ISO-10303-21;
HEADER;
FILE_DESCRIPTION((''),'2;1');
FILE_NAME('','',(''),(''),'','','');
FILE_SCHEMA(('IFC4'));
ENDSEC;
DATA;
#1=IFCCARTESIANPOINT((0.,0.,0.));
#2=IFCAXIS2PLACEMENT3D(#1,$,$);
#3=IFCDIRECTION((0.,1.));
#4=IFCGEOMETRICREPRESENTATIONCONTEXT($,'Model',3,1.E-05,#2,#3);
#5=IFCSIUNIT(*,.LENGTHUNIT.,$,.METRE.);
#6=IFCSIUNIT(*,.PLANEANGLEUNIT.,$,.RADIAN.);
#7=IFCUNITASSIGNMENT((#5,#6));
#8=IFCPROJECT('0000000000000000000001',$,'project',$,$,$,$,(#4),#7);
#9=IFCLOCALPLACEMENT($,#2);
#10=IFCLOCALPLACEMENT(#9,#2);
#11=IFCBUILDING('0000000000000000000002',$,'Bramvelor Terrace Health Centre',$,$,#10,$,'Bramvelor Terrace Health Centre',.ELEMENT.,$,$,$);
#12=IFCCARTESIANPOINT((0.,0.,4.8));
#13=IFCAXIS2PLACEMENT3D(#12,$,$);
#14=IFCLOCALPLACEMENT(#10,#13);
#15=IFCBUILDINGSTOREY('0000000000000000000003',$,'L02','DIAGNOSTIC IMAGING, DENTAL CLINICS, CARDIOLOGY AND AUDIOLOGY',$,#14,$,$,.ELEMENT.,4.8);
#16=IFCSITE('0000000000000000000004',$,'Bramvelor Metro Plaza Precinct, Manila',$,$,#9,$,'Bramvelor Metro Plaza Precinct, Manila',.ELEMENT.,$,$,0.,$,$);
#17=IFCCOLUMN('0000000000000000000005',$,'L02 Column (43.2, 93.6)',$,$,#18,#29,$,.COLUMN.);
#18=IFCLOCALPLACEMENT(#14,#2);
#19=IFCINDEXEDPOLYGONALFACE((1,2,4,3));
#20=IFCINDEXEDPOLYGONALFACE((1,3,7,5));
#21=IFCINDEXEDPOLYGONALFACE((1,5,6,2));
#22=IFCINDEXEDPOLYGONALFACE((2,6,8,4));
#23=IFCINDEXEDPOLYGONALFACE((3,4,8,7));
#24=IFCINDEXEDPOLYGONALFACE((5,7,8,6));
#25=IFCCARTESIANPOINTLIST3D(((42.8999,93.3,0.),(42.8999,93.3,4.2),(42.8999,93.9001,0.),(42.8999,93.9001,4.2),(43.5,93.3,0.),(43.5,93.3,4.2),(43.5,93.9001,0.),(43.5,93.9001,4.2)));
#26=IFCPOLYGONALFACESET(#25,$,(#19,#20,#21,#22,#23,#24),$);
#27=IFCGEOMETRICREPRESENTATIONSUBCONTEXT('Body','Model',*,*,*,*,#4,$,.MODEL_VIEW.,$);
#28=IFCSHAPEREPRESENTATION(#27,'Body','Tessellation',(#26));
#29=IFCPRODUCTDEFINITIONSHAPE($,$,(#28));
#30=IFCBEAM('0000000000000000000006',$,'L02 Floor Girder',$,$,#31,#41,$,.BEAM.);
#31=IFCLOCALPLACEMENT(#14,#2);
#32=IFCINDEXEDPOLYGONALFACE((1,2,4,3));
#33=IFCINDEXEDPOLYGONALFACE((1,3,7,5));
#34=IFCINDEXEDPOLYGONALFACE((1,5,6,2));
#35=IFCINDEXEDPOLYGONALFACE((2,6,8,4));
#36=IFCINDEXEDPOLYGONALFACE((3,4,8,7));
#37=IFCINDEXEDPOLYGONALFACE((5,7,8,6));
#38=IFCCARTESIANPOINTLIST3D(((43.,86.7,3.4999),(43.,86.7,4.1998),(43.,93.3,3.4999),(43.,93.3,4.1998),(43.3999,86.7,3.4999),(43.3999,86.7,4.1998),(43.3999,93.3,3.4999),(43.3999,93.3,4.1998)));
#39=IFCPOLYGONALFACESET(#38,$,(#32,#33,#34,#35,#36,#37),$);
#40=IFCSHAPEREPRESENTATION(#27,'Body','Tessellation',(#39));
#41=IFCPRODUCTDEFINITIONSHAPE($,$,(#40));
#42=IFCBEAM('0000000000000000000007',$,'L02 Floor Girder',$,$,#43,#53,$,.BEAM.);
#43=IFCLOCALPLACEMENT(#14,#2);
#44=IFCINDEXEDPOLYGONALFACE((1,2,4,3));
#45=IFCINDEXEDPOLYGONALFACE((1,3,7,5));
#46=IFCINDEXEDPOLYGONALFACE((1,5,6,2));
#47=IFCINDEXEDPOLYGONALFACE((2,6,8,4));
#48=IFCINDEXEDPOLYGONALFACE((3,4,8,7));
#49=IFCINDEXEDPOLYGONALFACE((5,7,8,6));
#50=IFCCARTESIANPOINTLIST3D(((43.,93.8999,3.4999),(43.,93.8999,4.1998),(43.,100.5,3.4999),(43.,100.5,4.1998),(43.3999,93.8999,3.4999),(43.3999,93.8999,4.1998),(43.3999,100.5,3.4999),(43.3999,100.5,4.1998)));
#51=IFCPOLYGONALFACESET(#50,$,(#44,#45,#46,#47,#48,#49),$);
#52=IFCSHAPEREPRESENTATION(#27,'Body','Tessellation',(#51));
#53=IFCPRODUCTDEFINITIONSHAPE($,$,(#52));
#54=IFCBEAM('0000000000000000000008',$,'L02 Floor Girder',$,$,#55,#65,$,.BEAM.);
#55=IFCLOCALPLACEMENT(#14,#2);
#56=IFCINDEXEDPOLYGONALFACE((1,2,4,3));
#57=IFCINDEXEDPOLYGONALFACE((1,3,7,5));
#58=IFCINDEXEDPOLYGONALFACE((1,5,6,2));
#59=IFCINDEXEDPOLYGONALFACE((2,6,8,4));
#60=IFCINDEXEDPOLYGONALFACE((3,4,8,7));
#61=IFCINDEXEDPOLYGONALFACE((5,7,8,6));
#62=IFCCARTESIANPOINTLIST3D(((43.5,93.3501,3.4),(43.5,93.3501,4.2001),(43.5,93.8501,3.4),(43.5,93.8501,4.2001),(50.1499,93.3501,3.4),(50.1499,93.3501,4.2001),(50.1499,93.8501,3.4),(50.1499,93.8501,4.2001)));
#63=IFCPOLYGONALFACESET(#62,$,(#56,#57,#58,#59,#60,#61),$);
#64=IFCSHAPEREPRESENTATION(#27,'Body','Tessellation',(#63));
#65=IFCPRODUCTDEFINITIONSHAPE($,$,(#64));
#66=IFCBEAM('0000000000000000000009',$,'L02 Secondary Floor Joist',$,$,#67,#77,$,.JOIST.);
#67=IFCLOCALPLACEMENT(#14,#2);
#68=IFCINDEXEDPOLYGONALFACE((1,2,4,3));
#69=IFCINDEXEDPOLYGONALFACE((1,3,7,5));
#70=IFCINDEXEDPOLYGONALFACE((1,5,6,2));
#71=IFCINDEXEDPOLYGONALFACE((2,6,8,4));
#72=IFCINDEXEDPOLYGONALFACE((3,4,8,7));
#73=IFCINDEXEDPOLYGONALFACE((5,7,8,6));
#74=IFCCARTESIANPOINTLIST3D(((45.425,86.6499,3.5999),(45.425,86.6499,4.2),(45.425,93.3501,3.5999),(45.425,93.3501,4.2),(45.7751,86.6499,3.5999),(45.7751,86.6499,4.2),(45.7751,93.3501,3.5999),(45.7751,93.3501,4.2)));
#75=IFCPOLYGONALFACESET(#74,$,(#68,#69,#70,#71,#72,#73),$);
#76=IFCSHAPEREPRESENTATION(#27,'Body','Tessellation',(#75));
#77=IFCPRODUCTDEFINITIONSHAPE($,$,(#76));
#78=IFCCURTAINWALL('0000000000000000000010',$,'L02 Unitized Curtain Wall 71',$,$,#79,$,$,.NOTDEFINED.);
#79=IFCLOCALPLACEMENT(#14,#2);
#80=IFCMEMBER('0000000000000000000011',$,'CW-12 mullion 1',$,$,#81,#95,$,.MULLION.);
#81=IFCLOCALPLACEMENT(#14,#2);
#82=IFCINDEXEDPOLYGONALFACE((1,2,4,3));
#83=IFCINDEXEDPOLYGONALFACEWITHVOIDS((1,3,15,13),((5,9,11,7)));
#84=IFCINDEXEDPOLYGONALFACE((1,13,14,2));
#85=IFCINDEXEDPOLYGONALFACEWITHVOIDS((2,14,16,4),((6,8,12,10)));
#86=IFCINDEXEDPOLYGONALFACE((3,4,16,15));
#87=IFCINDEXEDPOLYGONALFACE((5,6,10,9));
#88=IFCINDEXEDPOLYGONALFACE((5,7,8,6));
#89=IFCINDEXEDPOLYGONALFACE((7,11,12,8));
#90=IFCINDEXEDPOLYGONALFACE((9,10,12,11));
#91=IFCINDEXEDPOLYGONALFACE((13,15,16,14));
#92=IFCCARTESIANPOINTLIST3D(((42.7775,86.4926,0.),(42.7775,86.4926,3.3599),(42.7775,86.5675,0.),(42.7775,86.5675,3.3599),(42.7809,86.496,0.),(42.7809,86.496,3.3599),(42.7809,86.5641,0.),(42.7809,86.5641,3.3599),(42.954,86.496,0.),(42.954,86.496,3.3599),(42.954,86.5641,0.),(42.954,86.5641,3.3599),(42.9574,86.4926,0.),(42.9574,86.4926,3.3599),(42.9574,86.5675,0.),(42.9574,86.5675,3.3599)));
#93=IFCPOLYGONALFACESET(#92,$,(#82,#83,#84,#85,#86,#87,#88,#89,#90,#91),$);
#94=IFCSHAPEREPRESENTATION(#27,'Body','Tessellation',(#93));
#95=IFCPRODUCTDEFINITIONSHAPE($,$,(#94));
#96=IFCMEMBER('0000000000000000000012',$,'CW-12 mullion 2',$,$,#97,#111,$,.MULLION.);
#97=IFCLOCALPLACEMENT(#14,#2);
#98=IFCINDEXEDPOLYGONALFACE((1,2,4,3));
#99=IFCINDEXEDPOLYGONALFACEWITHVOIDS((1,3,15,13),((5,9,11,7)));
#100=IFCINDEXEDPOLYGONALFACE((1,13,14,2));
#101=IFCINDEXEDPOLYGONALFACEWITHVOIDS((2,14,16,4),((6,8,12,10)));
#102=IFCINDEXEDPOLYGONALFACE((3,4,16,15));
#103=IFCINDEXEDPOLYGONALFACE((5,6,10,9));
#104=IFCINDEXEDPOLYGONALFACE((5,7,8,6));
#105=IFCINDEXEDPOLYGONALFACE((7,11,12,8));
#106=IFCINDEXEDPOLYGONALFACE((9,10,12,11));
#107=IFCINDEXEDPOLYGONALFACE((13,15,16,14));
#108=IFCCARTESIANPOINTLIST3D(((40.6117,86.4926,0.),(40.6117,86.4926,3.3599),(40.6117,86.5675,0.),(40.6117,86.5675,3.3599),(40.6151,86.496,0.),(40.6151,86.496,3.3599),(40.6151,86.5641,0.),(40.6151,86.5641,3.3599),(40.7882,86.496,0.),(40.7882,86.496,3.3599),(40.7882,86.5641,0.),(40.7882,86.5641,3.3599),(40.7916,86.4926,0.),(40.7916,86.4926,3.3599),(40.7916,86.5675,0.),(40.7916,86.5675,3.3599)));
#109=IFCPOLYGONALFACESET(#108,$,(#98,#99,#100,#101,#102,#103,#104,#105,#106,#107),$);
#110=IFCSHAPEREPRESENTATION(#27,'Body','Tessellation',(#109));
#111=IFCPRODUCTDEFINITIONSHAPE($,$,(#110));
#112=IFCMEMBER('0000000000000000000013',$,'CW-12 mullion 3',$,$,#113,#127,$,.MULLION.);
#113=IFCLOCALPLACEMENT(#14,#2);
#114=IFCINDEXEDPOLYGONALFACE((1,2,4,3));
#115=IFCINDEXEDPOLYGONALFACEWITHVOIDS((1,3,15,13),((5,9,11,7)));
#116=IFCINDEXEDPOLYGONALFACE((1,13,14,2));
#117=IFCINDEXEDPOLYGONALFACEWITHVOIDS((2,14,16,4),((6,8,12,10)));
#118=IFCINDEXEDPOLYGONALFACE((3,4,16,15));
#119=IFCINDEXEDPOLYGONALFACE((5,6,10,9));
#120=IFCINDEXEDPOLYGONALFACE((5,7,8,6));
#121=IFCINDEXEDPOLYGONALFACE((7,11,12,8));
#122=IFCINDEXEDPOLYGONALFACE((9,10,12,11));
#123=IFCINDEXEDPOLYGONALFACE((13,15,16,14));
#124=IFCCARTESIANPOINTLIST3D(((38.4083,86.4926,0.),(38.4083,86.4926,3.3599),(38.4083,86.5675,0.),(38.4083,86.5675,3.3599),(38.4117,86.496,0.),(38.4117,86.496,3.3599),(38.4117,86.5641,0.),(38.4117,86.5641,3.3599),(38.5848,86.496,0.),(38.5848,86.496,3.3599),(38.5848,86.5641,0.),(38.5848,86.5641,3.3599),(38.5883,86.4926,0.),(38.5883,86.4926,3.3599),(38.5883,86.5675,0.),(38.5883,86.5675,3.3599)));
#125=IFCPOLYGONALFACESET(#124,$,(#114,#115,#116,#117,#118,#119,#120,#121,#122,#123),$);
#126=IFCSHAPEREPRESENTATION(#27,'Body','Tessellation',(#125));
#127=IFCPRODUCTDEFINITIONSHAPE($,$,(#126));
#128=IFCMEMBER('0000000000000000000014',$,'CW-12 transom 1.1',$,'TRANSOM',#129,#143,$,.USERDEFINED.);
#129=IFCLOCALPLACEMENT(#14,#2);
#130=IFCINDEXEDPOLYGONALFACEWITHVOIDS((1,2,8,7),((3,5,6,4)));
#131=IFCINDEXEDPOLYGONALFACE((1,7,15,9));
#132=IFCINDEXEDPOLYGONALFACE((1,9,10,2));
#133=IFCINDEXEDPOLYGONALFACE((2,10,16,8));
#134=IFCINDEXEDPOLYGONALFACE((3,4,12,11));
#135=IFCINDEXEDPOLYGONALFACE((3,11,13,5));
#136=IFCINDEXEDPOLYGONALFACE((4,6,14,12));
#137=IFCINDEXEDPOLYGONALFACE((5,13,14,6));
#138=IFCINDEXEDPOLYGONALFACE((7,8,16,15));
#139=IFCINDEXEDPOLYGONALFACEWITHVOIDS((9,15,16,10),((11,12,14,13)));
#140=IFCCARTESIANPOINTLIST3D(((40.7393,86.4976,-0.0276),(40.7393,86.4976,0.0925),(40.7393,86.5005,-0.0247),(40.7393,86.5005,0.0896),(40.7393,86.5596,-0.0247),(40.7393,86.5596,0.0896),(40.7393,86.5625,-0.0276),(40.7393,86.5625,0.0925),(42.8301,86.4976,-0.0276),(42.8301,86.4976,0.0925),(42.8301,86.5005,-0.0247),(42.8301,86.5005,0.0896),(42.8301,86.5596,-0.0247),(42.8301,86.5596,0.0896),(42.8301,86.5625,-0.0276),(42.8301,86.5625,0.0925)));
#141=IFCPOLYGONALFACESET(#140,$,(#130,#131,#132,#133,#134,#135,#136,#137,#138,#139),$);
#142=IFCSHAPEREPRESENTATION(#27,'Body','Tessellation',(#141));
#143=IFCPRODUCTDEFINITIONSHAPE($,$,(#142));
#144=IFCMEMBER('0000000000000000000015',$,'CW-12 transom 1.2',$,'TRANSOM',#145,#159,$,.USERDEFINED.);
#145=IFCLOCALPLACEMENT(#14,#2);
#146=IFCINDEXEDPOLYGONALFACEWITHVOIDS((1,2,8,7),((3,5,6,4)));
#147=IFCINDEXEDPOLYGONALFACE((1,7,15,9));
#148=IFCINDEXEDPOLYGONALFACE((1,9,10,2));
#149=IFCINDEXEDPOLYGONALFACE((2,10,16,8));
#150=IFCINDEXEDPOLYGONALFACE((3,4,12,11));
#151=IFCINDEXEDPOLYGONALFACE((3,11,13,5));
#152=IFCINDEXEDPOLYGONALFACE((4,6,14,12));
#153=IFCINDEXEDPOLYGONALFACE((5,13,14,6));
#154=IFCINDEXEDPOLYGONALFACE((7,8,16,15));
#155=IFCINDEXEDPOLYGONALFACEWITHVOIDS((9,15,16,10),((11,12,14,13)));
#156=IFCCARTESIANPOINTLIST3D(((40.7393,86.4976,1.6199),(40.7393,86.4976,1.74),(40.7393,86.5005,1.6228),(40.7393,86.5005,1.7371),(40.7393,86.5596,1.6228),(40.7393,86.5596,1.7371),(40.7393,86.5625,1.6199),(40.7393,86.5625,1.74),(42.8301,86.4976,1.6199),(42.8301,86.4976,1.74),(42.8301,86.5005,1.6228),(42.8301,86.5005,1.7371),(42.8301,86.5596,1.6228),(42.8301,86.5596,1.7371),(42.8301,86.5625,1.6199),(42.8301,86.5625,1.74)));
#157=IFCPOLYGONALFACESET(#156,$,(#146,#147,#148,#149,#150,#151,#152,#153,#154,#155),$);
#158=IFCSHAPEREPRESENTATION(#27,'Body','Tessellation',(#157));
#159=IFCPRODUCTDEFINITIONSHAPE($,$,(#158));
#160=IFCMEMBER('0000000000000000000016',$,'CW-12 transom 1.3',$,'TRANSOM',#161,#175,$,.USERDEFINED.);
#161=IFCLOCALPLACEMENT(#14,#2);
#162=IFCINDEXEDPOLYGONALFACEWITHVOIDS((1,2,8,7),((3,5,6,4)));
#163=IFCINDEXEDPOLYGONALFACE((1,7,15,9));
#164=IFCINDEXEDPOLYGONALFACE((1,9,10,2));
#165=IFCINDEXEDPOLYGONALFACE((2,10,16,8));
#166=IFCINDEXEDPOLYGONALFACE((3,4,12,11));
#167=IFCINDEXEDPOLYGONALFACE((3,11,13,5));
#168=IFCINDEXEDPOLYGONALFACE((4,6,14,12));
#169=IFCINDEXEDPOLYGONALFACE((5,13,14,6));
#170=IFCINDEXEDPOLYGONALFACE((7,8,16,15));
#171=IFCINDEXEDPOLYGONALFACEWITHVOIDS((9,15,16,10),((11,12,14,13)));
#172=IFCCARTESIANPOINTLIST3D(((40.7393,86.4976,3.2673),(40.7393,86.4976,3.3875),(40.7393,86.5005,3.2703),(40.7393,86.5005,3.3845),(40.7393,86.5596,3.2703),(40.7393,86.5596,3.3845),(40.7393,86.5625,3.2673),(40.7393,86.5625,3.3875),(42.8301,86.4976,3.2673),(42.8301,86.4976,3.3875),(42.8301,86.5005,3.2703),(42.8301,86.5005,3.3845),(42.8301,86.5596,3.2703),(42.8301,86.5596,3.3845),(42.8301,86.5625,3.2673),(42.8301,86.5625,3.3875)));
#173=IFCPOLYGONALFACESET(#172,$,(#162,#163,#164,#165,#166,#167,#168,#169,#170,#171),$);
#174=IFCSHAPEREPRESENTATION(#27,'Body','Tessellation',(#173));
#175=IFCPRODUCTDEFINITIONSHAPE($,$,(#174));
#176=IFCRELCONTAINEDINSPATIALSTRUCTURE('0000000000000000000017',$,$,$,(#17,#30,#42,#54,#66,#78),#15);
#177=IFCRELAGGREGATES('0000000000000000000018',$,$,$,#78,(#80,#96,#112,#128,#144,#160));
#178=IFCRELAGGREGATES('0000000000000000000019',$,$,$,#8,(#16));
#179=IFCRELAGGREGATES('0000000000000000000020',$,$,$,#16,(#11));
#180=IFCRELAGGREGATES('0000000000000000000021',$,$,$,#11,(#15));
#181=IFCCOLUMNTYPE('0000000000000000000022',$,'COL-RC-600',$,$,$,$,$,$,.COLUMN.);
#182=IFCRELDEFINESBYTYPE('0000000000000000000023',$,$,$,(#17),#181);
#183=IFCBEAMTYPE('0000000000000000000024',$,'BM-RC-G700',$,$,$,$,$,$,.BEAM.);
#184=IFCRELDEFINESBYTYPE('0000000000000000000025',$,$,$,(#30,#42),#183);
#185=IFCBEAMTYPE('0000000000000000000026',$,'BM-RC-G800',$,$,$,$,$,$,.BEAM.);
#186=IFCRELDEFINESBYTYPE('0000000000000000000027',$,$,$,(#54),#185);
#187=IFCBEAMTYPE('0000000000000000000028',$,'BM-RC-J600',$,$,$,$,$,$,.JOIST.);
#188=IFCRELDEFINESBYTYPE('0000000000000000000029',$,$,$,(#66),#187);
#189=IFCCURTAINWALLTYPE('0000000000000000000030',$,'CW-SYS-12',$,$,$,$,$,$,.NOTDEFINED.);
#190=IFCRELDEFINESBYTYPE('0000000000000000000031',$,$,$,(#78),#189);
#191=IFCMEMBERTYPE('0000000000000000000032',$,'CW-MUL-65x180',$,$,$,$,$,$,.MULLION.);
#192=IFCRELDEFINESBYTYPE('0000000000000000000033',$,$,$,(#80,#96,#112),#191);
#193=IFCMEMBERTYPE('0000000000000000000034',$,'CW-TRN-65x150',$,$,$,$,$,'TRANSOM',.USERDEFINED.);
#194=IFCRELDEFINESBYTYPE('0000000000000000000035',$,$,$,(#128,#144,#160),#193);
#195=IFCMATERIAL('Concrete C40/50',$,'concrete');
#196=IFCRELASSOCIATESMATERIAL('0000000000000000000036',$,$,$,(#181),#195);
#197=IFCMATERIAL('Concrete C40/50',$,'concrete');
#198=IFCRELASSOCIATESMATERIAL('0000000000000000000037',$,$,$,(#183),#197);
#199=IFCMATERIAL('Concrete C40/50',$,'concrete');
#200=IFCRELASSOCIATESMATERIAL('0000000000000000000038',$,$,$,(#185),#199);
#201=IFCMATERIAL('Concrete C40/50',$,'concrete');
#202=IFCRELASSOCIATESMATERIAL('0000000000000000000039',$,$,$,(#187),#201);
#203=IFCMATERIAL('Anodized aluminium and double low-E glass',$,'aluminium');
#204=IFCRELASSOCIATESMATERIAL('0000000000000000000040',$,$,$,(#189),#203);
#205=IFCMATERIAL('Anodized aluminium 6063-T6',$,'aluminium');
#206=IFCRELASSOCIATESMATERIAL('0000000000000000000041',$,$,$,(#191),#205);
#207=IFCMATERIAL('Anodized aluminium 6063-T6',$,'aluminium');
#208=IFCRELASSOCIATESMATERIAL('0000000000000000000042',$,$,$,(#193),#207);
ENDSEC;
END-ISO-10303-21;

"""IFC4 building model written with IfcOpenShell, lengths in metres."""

from ifc_helpers import new_model, si_unit, direction, frame, origin, origin_2d, place, context, subcontext, project, spatial, rectangle, hollow_rectangle, extrude, material, material_profile, profile_set, type_object, element, aggregate, save


model = new_model("IFC4")

# Units and contexts
model_context = context("Model", 3, precision=1e-05, world=origin(), true_north=direction((0.0, 1.0)))
body_context = subcontext(model_context, "Body", "Model", "MODEL_VIEW")
ifc_project = project(units=[si_unit("LENGTHUNIT", "METRE"), si_unit("PLANEANGLEUNIT", "RADIAN")], contexts=[model_context])

# Site, building, storey
site_placement = place(None, origin())
site = spatial("IfcSite", under=ifc_project, at=site_placement, Name="Bramvelor Metro Plaza Precinct, Manila", LongName="Bramvelor Metro Plaza Precinct, Manila", CompositionType="ELEMENT", RefElevation=0.0)
building_placement = place(site_placement, origin())
building = spatial("IfcBuilding", under=site, at=building_placement, Name="Bramvelor Terrace Health Centre", LongName="Bramvelor Terrace Health Centre", CompositionType="ELEMENT")
storey_placement = place(building_placement, frame((0.0, 0.0, 4.8)))
storey = spatial("IfcBuildingStorey", under=building, at=storey_placement, Name="L02", Description="DIAGNOSTIC IMAGING, DENTAL CLINICS, CARDIOLOGY AND AUDIOLOGY", CompositionType="ELEMENT", Elevation=4.8)

# Column
ifc_material_1 = material(Name="Concrete C40/50", Category="concrete")
ifc_material_profile_1 = material_profile(ifc_material_1, rectangle(XDim=0.6001, YDim=0.6001, at=origin_2d()), Name="RC 600x600")
ifc_profile_set_1 = profile_set([ifc_material_profile_1], Name="Concrete C40/50")
column_type = type_object("IfcColumnType", Name="COL-RC-600", PredefinedType="COLUMN", material=ifc_profile_set_1)
column_placement = place(storey_placement, frame((43.2, 93.6001, 0.0), z_axis=(0.0, 0.0, 1.0), x_axis=(1.0, 0.0, 0.0)))
element("IfcColumn", 1, at=column_placement, inside=storey, type_object=column_type, Name="L02 Column (43.2, 93.6)", PredefinedType="COLUMN", context=body_context, shape_type="SweptSolid", body=[
    extrude(rectangle(XDim=0.6001, YDim=0.6001, at=origin_2d()), origin(), (0.0, 0.0, 1.0), 4.2),
])

# Beams
ifc_material_2 = material(Name="Concrete C40/50", Category="concrete")
ifc_material_profile_2 = material_profile(ifc_material_2, rectangle(XDim=0.3999, YDim=0.7, at=origin_2d()), Name="RC 400x700")
ifc_profile_set_2 = profile_set([ifc_material_profile_2], Name="Concrete C40/50")
beam_type_1 = type_object("IfcBeamType", Name="BM-RC-G700", PredefinedType="BEAM", material=ifc_profile_set_2)
for number, where, z_axis, x_axis, name in (
    (2, (43.2, 86.7, 3.8499), (0.0, 1.0, 0.0), (-1.0, 0.0, 0.0), "L02 Floor Girder"),
    (3, (43.2, 93.8999, 3.8499), (0.0, 1.0, 0.0), (-1.0, 0.0, 0.0), "L02 Floor Girder"),
):
    element("IfcBeam", number, at=place(storey_placement, frame(where, z_axis=z_axis, x_axis=x_axis)), inside=storey, type_object=beam_type_1, Name=name, PredefinedType="BEAM", context=body_context, shape_type="SweptSolid", body=[
        extrude(rectangle(XDim=0.3999, YDim=0.7, at=origin_2d()), origin(), (0.0, 0.0, 1.0), 6.6001),
    ])
ifc_material_3 = material(Name="Concrete C40/50", Category="concrete")
ifc_material_profile_3 = material_profile(ifc_material_3, rectangle(XDim=0.5, YDim=0.8, at=origin_2d()), Name="RC 500x800")
ifc_profile_set_3 = profile_set([ifc_material_profile_3], Name="Concrete C40/50")
beam_type_2 = type_object("IfcBeamType", Name="BM-RC-G800", PredefinedType="BEAM", material=ifc_profile_set_3)
beam_1_placement = place(storey_placement, frame((43.5, 93.6001, 3.8), z_axis=(1.0, 0.0, 0.0), x_axis=(0.0, 1.0, 0.0)))
element("IfcBeam", 4, at=beam_1_placement, inside=storey, type_object=beam_type_2, Name="L02 Floor Girder", PredefinedType="BEAM", context=body_context, shape_type="SweptSolid", body=[
    extrude(rectangle(XDim=0.5, YDim=0.8, at=origin_2d()), origin(), (0.0, 0.0, 1.0), 6.6499),
])
ifc_material_4 = material(Name="Concrete C40/50", Category="concrete")
ifc_material_profile_4 = material_profile(ifc_material_4, rectangle(XDim=0.3501, YDim=0.6001, at=origin_2d()), Name="RC 350x600")
ifc_profile_set_4 = profile_set([ifc_material_profile_4], Name="Concrete C40/50")
beam_type_3 = type_object("IfcBeamType", Name="BM-RC-J600", PredefinedType="JOIST", material=ifc_profile_set_4)
beam_2_placement = place(storey_placement, frame((45.6001, 86.6499, 3.8999), z_axis=(0.0, 1.0, 0.0), x_axis=(-1.0, 0.0, 0.0)))
element("IfcBeam", 5, at=beam_2_placement, inside=storey, type_object=beam_type_3, Name="L02 Secondary Floor Joist", PredefinedType="JOIST", context=body_context, shape_type="SweptSolid", body=[
    extrude(rectangle(XDim=0.3501, YDim=0.6001, at=origin_2d()), origin(), (0.0, 0.0, 1.0), 6.7002),
])

# Curtain wall, members
ifc_material_5 = material(Name="Anodized aluminium and double low-E glass", Category="aluminium")
curtain_wall_type = type_object("IfcCurtainWallType", Name="CW-SYS-12", PredefinedType="NOTDEFINED", material=ifc_material_5)
curtain_wall_placement = place(storey_placement, origin())
curtain_wall = element("IfcCurtainWall", 6, at=curtain_wall_placement, inside=storey, type_object=curtain_wall_type, Name="L02 Unitized Curtain Wall 71", PredefinedType="NOTDEFINED")
ifc_material_6 = material(Name="Anodized aluminium 6063-T6", Category="aluminium")
ifc_material_profile_5 = material_profile(ifc_material_6, hollow_rectangle(XDim=0.075, YDim=0.1799, WallThickness=0.0034, at=origin_2d()), Name="ALU-MUL 75x180x3.5")
ifc_profile_set_5 = profile_set([ifc_material_profile_5], Name="Anodized aluminium 6063-T6")
member_type_1 = type_object("IfcMemberType", Name="CW-MUL-65x180", PredefinedType="MULLION", material=ifc_profile_set_5)
member_1_placement = place(storey_placement, frame((42.8674, 86.53, 0.0), z_axis=(0.0, 0.0, 1.0), x_axis=(0.0, -1.0, 0.0)))
member_1 = element("IfcMember", 7, at=member_1_placement, type_object=member_type_1, Name="CW-12 mullion 1", PredefinedType="MULLION", context=body_context, shape_type="SweptSolid", body=[
    extrude(hollow_rectangle(XDim=0.075, YDim=0.1799, WallThickness=0.0034, at=origin_2d()), origin(), (0.0, 0.0, 1.0), 3.3599),
])
member_2_placement = place(storey_placement, frame((40.7017, 86.53, 0.0), z_axis=(0.0, 0.0, 1.0), x_axis=(0.0, -1.0, 0.0)))
member_2 = element("IfcMember", 8, at=member_2_placement, type_object=member_type_1, Name="CW-12 mullion 2", PredefinedType="MULLION", context=body_context, shape_type="SweptSolid", body=[
    extrude(hollow_rectangle(XDim=0.075, YDim=0.1799, WallThickness=0.0034, at=origin_2d()), origin(), (0.0, 0.0, 1.0), 3.3599),
])
member_3_placement = place(storey_placement, frame((38.4983, 86.53, 0.0), z_axis=(0.0, 0.0, 1.0), x_axis=(0.0, -1.0, 0.0)))
member_3 = element("IfcMember", 9, at=member_3_placement, type_object=member_type_1, Name="CW-12 mullion 3", PredefinedType="MULLION", context=body_context, shape_type="SweptSolid", body=[
    extrude(hollow_rectangle(XDim=0.075, YDim=0.1799, WallThickness=0.0034, at=origin_2d()), origin(), (0.0, 0.0, 1.0), 3.3599),
])
ifc_material_7 = material(Name="Anodized aluminium 6063-T6", Category="aluminium")
ifc_material_profile_6 = material_profile(ifc_material_7, hollow_rectangle(XDim=0.0649, YDim=0.1201, WallThickness=0.0029, at=origin_2d()), Name="ALU-TRN 65x120x3.0")
ifc_profile_set_6 = profile_set([ifc_material_profile_6], Name="Anodized aluminium 6063-T6")
member_type_2 = type_object("IfcMemberType", Name="CW-TRN-65x150", ElementType="TRANSOM", PredefinedType="USERDEFINED", material=ifc_profile_set_6)
member_4_placement = place(storey_placement, frame((42.8301, 86.53, 0.0325), z_axis=(-1.0, 0.0, 0.0), x_axis=(0.0, -1.0, 0.0)))
member_4 = element("IfcMember", 10, at=member_4_placement, type_object=member_type_2, Name="CW-12 transom 1.1", ObjectType="TRANSOM", PredefinedType="USERDEFINED", context=body_context, shape_type="SweptSolid", body=[
    extrude(hollow_rectangle(XDim=0.0649, YDim=0.1201, WallThickness=0.0029, at=origin_2d()), origin(), (0.0, 0.0, 1.0), 2.0908),
])
member_5_placement = place(storey_placement, frame((42.8301, 86.53, 1.6799), z_axis=(-1.0, 0.0, 0.0), x_axis=(0.0, -1.0, 0.0)))
member_5 = element("IfcMember", 11, at=member_5_placement, type_object=member_type_2, Name="CW-12 transom 1.2", ObjectType="TRANSOM", PredefinedType="USERDEFINED", context=body_context, shape_type="SweptSolid", body=[
    extrude(hollow_rectangle(XDim=0.0649, YDim=0.1201, WallThickness=0.0029, at=origin_2d()), origin(), (0.0, 0.0, 1.0), 2.0908),
])
member_6_placement = place(storey_placement, frame((42.8301, 86.53, 3.3274), z_axis=(-1.0, 0.0, 0.0), x_axis=(0.0, -1.0, 0.0)))
member_6 = element("IfcMember", 12, at=member_6_placement, type_object=member_type_2, Name="CW-12 transom 1.3", ObjectType="TRANSOM", PredefinedType="USERDEFINED", context=body_context, shape_type="SweptSolid", body=[
    extrude(hollow_rectangle(XDim=0.0649, YDim=0.1201, WallThickness=0.0029, at=origin_2d()), origin(), (0.0, 0.0, 1.0), 2.0908),
])
aggregate(curtain_wall, [member_1, member_2, member_3, member_4, member_5, member_6])

save(model, "model.ifc")
